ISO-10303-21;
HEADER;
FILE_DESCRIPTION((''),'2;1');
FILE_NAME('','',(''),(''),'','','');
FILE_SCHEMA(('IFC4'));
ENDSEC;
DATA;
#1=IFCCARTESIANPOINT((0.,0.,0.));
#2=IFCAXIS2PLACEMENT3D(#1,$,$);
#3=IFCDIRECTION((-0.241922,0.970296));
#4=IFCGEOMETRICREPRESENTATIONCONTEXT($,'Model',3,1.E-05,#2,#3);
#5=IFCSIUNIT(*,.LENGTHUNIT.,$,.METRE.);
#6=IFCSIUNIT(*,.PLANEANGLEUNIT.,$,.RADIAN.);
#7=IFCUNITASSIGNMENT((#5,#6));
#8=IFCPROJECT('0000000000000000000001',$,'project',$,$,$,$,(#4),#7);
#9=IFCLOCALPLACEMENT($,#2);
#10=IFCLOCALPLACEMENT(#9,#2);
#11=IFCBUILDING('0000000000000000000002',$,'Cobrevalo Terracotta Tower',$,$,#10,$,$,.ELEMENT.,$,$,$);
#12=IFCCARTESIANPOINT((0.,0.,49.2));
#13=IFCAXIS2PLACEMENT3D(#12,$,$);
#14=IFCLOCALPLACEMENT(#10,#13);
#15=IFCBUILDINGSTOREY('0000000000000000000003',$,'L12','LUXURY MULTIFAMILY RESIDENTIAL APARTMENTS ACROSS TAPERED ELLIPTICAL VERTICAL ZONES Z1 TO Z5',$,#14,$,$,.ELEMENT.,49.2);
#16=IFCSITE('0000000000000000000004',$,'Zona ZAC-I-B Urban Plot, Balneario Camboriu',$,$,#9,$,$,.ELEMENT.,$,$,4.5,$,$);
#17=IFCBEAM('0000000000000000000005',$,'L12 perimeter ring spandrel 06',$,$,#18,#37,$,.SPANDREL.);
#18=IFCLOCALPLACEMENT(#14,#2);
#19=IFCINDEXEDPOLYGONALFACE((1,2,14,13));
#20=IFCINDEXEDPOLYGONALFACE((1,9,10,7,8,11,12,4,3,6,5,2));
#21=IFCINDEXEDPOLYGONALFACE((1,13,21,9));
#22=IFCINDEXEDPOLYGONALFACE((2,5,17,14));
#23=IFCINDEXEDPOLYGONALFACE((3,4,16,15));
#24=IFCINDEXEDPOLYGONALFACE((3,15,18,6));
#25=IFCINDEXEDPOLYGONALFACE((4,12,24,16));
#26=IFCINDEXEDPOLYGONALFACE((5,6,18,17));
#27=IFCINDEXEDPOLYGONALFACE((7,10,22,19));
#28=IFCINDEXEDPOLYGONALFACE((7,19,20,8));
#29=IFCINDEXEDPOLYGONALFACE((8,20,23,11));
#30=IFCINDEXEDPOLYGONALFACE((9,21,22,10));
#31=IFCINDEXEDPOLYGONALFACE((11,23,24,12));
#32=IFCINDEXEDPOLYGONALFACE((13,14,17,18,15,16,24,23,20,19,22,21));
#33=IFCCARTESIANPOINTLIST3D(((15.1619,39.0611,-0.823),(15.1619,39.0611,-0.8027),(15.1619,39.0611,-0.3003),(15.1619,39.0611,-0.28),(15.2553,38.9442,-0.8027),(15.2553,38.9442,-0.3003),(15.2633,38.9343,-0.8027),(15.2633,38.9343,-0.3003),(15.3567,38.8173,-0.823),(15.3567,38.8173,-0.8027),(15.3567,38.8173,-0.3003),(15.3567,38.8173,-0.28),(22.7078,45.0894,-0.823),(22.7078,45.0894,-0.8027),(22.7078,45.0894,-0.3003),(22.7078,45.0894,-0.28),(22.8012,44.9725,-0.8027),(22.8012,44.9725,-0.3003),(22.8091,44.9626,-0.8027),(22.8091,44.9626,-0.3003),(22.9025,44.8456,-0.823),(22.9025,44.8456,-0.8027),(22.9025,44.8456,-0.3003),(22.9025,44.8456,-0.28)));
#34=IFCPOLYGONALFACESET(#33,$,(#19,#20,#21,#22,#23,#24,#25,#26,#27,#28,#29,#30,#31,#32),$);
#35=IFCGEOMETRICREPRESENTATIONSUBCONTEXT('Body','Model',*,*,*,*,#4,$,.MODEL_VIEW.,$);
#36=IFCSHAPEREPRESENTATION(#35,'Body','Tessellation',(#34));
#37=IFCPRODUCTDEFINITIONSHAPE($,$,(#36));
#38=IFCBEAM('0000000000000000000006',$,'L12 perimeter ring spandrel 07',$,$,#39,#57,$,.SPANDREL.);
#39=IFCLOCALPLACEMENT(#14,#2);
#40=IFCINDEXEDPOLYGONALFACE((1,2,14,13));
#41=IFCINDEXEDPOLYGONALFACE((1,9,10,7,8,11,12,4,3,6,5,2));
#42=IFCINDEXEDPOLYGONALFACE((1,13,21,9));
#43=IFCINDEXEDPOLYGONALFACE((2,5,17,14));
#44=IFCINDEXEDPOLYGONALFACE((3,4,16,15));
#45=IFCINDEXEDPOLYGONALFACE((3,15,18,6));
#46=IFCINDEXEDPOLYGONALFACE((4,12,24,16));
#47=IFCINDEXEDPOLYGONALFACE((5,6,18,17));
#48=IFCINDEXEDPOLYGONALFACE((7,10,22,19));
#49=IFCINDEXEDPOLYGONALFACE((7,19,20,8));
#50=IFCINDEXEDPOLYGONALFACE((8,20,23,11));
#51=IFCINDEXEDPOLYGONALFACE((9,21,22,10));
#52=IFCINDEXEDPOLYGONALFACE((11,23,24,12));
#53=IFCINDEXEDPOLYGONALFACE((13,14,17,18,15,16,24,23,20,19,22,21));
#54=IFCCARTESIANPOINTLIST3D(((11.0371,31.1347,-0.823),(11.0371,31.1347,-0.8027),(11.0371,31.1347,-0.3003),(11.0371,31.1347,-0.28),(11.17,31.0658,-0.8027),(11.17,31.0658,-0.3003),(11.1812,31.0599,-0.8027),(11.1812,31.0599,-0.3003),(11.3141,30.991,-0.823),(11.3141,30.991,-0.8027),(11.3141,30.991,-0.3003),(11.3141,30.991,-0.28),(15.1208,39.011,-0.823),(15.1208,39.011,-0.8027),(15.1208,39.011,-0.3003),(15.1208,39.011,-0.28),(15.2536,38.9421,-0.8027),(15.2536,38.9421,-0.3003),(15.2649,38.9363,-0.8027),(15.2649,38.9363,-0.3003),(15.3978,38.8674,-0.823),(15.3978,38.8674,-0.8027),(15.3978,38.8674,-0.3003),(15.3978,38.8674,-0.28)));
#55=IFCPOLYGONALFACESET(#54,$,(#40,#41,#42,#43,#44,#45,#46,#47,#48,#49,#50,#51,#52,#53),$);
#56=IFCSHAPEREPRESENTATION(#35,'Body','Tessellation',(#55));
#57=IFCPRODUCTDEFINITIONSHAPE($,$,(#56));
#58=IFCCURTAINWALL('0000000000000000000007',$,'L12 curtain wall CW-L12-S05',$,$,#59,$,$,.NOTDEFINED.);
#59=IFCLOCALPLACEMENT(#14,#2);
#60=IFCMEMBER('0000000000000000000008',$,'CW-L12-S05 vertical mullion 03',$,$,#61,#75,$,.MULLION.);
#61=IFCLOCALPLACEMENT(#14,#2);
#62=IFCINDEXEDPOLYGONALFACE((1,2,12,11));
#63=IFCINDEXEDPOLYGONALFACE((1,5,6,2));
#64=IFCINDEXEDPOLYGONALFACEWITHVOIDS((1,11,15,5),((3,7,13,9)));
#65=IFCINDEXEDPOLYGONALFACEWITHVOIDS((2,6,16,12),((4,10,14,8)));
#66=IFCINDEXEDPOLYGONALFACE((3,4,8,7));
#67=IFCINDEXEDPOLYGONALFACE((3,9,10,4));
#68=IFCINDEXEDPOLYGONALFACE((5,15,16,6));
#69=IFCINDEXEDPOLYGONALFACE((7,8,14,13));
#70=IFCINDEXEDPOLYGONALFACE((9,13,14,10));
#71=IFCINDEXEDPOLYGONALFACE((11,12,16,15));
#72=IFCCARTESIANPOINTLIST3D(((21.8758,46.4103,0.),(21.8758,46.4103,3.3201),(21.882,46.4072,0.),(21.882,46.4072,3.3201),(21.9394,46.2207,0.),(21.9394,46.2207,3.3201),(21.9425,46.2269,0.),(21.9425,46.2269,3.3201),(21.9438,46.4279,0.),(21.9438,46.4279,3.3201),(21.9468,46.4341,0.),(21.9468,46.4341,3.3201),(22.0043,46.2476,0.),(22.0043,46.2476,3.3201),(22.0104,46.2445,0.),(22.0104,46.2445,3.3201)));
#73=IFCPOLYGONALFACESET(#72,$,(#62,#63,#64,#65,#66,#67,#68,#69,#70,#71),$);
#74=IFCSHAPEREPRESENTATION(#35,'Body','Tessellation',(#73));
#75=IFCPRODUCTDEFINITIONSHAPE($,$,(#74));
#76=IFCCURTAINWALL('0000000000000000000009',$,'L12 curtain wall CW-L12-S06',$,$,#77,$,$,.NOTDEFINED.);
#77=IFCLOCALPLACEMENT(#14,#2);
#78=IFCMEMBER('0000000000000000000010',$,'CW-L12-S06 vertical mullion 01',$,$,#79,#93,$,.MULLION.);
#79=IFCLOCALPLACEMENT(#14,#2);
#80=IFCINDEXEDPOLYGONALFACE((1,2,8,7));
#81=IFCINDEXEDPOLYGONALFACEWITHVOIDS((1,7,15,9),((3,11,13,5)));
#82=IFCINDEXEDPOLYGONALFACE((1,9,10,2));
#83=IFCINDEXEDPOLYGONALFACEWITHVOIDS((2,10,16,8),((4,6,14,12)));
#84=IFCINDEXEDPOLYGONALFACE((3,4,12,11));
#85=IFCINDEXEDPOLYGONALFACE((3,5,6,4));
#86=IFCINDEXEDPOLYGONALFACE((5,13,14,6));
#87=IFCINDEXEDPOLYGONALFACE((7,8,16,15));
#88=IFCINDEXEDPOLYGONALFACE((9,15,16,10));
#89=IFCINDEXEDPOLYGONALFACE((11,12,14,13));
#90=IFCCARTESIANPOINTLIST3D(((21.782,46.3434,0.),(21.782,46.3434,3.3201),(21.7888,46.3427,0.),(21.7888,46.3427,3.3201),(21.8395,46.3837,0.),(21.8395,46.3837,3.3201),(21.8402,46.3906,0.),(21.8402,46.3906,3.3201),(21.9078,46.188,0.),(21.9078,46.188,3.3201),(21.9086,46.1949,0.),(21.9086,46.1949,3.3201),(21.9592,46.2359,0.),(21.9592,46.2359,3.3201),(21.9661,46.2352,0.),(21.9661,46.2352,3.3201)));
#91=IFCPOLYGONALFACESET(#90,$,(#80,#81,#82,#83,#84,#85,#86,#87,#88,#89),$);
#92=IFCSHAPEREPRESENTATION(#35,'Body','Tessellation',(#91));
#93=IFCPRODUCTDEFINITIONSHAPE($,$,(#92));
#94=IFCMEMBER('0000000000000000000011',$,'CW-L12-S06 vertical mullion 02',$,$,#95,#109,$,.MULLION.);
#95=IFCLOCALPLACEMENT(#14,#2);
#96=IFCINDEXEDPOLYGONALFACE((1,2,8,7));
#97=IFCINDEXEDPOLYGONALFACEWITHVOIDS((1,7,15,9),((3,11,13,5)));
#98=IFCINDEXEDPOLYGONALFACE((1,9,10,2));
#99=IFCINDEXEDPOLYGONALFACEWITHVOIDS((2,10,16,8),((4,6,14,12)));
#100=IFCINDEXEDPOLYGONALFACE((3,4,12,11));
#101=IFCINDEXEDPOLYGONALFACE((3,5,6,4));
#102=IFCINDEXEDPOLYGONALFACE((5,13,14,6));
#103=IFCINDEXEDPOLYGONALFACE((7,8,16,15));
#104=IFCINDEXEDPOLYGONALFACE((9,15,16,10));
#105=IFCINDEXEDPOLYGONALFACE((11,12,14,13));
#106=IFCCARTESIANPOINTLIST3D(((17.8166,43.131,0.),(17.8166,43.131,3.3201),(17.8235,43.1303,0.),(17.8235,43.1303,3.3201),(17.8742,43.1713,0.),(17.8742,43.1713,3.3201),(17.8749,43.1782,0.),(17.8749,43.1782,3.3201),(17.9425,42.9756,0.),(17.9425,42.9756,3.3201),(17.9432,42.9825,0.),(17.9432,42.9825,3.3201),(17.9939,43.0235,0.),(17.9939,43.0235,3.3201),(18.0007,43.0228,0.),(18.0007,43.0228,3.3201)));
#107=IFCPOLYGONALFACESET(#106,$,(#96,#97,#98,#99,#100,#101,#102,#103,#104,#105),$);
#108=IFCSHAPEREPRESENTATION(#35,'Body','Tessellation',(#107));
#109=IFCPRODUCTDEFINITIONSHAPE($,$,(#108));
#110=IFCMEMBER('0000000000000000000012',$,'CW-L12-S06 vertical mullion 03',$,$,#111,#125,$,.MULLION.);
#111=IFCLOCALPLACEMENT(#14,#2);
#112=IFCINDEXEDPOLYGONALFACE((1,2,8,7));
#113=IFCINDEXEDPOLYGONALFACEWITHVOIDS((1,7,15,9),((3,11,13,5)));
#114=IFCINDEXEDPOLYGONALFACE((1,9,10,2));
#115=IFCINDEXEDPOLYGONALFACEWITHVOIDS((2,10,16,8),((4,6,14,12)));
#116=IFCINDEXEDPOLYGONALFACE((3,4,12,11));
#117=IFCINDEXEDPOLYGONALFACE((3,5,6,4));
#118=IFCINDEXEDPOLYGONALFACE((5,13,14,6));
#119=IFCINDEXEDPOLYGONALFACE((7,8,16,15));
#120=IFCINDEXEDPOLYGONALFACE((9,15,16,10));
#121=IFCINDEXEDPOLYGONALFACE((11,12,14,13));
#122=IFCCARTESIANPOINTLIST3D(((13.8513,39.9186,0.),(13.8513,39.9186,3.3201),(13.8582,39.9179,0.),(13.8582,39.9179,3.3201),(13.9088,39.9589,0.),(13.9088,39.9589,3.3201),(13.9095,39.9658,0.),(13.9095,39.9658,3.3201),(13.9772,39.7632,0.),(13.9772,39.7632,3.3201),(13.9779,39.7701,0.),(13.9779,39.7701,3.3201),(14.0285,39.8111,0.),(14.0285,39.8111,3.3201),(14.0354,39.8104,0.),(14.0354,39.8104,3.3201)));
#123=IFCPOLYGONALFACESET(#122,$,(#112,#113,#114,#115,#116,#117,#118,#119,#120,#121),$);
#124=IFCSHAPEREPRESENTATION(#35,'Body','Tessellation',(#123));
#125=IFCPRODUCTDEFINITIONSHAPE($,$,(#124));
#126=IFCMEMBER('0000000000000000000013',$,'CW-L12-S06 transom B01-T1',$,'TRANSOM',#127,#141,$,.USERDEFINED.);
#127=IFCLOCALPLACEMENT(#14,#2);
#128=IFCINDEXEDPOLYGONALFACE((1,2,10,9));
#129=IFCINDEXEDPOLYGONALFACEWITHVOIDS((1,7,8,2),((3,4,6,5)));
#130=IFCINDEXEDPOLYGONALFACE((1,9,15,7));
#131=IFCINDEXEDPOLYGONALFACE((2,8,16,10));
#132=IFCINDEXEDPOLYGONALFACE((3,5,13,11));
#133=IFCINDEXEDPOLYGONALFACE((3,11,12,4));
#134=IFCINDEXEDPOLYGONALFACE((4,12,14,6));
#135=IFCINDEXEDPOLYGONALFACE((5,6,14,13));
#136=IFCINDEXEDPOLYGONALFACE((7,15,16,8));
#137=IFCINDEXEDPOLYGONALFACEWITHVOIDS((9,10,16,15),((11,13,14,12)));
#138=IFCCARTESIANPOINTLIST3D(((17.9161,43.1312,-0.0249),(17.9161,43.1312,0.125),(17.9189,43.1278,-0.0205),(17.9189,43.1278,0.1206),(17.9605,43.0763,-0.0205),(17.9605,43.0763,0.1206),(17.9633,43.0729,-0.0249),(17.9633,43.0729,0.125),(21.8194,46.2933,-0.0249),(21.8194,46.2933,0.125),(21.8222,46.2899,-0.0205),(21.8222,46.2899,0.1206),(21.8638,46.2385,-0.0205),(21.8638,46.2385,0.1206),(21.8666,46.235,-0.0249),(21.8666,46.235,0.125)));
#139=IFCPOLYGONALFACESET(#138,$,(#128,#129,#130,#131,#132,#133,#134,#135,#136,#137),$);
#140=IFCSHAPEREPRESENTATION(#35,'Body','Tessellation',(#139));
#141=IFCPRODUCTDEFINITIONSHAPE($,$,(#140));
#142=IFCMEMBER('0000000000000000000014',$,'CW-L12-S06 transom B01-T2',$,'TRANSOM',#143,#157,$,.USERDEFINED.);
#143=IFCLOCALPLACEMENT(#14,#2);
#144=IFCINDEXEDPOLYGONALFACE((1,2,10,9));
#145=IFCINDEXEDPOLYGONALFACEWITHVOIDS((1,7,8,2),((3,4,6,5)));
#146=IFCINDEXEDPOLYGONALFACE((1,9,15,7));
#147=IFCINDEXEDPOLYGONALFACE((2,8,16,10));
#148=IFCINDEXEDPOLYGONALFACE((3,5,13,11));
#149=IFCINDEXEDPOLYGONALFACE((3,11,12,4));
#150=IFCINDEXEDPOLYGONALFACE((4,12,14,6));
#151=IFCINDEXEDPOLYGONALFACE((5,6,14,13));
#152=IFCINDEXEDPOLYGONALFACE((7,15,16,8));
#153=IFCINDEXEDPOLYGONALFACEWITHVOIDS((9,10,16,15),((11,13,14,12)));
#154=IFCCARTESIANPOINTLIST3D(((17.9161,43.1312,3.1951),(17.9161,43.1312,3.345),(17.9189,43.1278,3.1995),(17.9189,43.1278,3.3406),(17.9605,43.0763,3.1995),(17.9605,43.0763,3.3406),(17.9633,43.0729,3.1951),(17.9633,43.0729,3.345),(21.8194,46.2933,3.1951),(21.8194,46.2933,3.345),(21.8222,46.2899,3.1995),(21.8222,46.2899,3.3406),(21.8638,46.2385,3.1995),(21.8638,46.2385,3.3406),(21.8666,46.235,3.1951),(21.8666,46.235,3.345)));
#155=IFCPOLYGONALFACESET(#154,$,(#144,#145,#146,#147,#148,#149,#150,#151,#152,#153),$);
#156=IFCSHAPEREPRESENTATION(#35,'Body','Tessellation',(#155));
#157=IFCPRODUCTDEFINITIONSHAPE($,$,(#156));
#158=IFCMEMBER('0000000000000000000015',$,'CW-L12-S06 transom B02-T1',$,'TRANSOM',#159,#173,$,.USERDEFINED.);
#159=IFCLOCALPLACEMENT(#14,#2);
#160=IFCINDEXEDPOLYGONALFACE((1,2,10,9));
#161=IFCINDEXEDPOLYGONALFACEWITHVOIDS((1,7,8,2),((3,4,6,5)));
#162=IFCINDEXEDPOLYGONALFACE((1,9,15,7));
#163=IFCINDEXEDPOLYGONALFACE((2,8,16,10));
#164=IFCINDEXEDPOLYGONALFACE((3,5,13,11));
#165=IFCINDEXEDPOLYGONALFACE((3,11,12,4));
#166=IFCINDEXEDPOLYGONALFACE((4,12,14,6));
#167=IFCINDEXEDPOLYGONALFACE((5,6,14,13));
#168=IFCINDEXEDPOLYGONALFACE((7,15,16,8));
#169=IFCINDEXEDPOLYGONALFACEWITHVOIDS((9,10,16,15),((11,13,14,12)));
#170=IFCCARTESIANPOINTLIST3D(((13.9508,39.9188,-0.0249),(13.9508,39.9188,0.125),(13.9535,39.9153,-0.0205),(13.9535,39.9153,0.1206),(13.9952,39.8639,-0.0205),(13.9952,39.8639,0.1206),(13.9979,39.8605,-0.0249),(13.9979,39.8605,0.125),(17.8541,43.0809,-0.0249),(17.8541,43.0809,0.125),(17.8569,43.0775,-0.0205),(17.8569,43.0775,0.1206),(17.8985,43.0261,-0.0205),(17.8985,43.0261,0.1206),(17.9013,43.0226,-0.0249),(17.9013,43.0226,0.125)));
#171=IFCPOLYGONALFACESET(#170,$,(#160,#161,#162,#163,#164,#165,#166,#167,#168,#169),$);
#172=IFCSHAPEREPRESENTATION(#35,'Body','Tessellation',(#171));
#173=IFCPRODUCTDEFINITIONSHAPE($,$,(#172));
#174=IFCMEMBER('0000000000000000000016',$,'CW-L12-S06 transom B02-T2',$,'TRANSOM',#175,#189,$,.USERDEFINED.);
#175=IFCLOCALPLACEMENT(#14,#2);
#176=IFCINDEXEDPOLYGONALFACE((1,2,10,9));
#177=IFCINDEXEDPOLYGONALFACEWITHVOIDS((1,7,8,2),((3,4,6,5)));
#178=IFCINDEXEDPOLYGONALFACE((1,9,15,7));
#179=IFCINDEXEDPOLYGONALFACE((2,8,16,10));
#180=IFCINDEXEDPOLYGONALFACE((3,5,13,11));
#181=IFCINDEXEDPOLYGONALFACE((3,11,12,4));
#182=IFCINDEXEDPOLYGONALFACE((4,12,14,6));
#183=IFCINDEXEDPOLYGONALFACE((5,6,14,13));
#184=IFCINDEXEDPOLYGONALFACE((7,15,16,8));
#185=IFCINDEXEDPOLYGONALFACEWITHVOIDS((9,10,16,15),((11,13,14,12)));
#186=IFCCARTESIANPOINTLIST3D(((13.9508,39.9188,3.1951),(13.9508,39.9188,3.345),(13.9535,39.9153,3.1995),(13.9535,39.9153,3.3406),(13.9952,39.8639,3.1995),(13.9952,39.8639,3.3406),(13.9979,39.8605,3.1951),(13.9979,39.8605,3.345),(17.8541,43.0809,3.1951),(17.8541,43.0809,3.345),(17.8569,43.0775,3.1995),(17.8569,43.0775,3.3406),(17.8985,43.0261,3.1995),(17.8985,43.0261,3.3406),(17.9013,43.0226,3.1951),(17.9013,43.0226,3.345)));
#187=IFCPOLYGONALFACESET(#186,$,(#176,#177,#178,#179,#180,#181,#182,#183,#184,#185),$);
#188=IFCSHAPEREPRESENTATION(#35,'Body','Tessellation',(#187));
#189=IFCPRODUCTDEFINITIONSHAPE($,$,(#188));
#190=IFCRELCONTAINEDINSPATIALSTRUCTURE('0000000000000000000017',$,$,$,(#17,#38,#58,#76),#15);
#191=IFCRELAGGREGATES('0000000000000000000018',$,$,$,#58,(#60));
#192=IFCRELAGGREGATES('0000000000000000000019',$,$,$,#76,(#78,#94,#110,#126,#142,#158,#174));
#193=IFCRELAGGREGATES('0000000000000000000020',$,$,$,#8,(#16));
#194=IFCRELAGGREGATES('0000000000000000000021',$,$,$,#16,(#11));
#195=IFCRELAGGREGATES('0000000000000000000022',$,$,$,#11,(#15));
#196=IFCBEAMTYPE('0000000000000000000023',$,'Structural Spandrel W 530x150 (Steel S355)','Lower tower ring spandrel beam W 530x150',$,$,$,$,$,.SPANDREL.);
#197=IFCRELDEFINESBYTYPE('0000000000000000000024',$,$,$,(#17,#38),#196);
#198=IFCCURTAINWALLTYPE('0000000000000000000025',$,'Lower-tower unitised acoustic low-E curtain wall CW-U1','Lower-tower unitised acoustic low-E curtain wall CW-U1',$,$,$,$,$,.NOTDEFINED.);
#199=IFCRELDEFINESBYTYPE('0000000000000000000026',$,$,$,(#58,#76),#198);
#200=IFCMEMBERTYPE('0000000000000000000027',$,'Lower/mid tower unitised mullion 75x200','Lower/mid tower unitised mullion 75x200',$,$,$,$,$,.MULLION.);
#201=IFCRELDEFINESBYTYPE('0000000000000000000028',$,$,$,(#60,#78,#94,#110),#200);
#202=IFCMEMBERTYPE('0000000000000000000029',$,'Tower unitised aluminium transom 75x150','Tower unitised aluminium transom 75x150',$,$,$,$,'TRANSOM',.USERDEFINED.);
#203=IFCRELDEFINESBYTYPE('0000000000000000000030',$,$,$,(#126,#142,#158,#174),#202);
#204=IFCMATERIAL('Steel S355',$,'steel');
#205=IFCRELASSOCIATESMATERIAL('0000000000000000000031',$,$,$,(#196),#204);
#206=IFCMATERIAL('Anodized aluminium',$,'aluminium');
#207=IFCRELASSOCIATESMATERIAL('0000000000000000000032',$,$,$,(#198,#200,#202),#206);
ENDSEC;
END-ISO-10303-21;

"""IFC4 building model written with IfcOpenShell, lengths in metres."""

from ifc_helpers import new_model, si_unit, direction, frame, origin, origin_2d, place, context, subcontext, project, spatial, hollow_rectangle, i_section, extrude, source, transform, mapped, material, material_profile, profile_set, type_object, element, aggregate, save


model = new_model("IFC4")

# Units and contexts
model_context = context("Model", 3, precision=1e-05, world=origin(), true_north=direction((-0.241922, 0.970296)))
body_context = subcontext(model_context, "Body", "Model", "MODEL_VIEW")
ifc_project = project(units=[si_unit("LENGTHUNIT", "METRE"), si_unit("PLANEANGLEUNIT", "RADIAN")], contexts=[model_context])

# Site, building, storey
site_placement = place(None, origin())
site = spatial("IfcSite", under=ifc_project, at=site_placement, Name="Zona ZAC-I-B Urban Plot, Balneario Camboriu", CompositionType="ELEMENT", RefElevation=4.5)
building_placement = place(site_placement, origin())
building = spatial("IfcBuilding", under=site, at=building_placement, Name="Cobrevalo Terracotta Tower", CompositionType="ELEMENT")
storey_placement = place(building_placement, frame((0.0, 0.0, 49.2)))
storey = spatial("IfcBuildingStorey", under=building, at=storey_placement, Name="L12", Description="LUXURY MULTIFAMILY RESIDENTIAL APARTMENTS ACROSS TAPERED ELLIPTICAL VERTICAL ZONES Z1 TO Z5", CompositionType="ELEMENT", Elevation=49.2)

# Shared definitions
ifc_material_1 = material(Name="Steel S355", Category="steel")

# Beams
ifc_material_profile_1 = material_profile(ifc_material_1, i_section(OverallWidth=0.312, OverallDepth=0.543, WebThickness=0.0127, FlangeThickness=0.0203, at=origin_2d()), Name="W 530x150")
ifc_profile_set_1 = profile_set([ifc_material_profile_1], Name="Steel S355")
beam_type_1 = type_object("IfcBeamType", Name="Structural Spandrel W 530x150 (Steel S355)", Description="Lower tower ring spandrel beam W 530x150", PredefinedType="SPANDREL", material=ifc_profile_set_1)
beam_1_placement = place(storey_placement, frame((22.8052, 44.9675, -0.5515), z_axis=(-0.781293, -0.624165, 0.0), x_axis=(0.624165, -0.781293, 0.0)))
element("IfcBeam", 1, at=beam_1_placement, inside=storey, type_object=beam_type_1, Name="L12 perimeter ring spandrel 06", PredefinedType="SPANDREL", context=body_context, shape_type="SweptSolid", body=[
    extrude(i_section(OverallWidth=0.312, OverallDepth=0.543, WebThickness=0.0127, FlangeThickness=0.0203, at=origin_2d()), origin(), (0.0, 0.0, 1.0), 9.6582),
])
beam_2_placement = place(storey_placement, frame((15.2593, 38.9392, -0.5515), z_axis=(-0.460286, -0.887771, 0.0), x_axis=(0.887771, -0.460286, 0.0)))
element("IfcBeam", 2, at=beam_2_placement, inside=storey, type_object=beam_type_1, Name="L12 perimeter ring spandrel 07", PredefinedType="SPANDREL", context=body_context, shape_type="SweptSolid", body=[
    extrude(i_section(OverallWidth=0.312, OverallDepth=0.543, WebThickness=0.0127, FlangeThickness=0.0203, at=origin_2d()), origin(), (0.0, 0.0, 1.0), 8.8721),
])

# Curtain wall, member
ifc_material_2 = material(Name="Anodized aluminium", Category="aluminium")
curtain_wall_type = type_object("IfcCurtainWallType", Name="Lower-tower unitised acoustic low-E curtain wall CW-U1", Description="Lower-tower unitised acoustic low-E curtain wall CW-U1", PredefinedType="NOTDEFINED", material=ifc_material_2)
curtain_wall_1_placement = place(storey_placement, origin())
curtain_wall_1 = element("IfcCurtainWall", 3, at=curtain_wall_1_placement, inside=storey, type_object=curtain_wall_type, Name="L12 curtain wall CW-L12-S05", PredefinedType="NOTDEFINED")
ifc_material_profile_2 = material_profile(ifc_material_2, hollow_rectangle(XDim=0.075, YDim=0.2, WallThickness=0.0049, at=origin_2d()), Name="CWM 75x200")
ifc_profile_set_2 = profile_set([ifc_material_profile_2], Name="Anodized aluminium")
member_type_1 = type_object("IfcMemberType", Name="Lower/mid tower unitised mullion 75x200", Description="Lower/mid tower unitised mullion 75x200", PredefinedType="MULLION", material=ifc_profile_set_2)
shared_shape_1 = source(origin(), body_context, "Body", "SweptSolid", [
    extrude(hollow_rectangle(XDim=0.075, YDim=0.2, WallThickness=0.0049, at=origin_2d()), origin(), (0.0, 0.0, 1.0), 3.3201),
])
member_1_placement = place(storey_placement, frame((21.9431, 46.3274, 0.0), z_axis=(0.0, 0.0, 1.0), x_axis=(-0.948046, -0.318132, 0.0)))
member_1 = element("IfcMember", 4, at=member_1_placement, type_object=member_type_1, Name="CW-L12-S05 vertical mullion 03", PredefinedType="MULLION", context=body_context, shape_type="MappedRepresentation", body=[
    mapped(shared_shape_1, transform((0.0, 0.0, 0.0), scale=1.0)),
])
aggregate(curtain_wall_1, [member_1])

# Curtain wall, members
curtain_wall_2_placement = place(storey_placement, origin())
curtain_wall_2 = element("IfcCurtainWall", 5, at=curtain_wall_2_placement, inside=storey, type_object=curtain_wall_type, Name="L12 curtain wall CW-L12-S06", PredefinedType="NOTDEFINED")
member_2_placement = place(storey_placement, frame((21.874, 46.2893, 0.0), z_axis=(0.0, 0.0, 1.0), x_axis=(-0.777003, -0.629497, 0.0)))
member_2 = element("IfcMember", 6, at=member_2_placement, type_object=member_type_1, Name="CW-L12-S06 vertical mullion 01", PredefinedType="MULLION", context=body_context, shape_type="MappedRepresentation", body=[
    mapped(shared_shape_1, transform((0.0, 0.0, 0.0), scale=1.0)),
])
member_3_placement = place(storey_placement, frame((17.9087, 43.0769, 0.0), z_axis=(0.0, 0.0, 1.0), x_axis=(-0.777003, -0.629497, 0.0)))
member_3 = element("IfcMember", 7, at=member_3_placement, type_object=member_type_1, Name="CW-L12-S06 vertical mullion 02", PredefinedType="MULLION", context=body_context, shape_type="MappedRepresentation", body=[
    mapped(shared_shape_1, transform((0.0, 0.0, 0.0), scale=1.0)),
])
member_4_placement = place(storey_placement, frame((13.9434, 39.8645, 0.0), z_axis=(0.0, 0.0, 1.0), x_axis=(-0.777003, -0.629497, 0.0)))
member_4 = element("IfcMember", 8, at=member_4_placement, type_object=member_type_1, Name="CW-L12-S06 vertical mullion 03", PredefinedType="MULLION", context=body_context, shape_type="MappedRepresentation", body=[
    mapped(shared_shape_1, transform((0.0, 0.0, 0.0), scale=1.0)),
])
ifc_material_profile_3 = material_profile(ifc_material_2, hollow_rectangle(XDim=0.075, YDim=0.1499, WallThickness=0.0044, at=origin_2d()), Name="CWT 75x150")
ifc_profile_set_3 = profile_set([ifc_material_profile_3], Name="Anodized aluminium")
member_type_2 = type_object("IfcMemberType", Name="Tower unitised aluminium transom 75x150", Description="Tower unitised aluminium transom 75x150", ElementType="TRANSOM", PredefinedType="USERDEFINED", material=ifc_profile_set_3)
shared_shape_2 = source(origin(), body_context, "Body", "SweptSolid", [
    extrude(hollow_rectangle(XDim=0.075, YDim=0.1499, WallThickness=0.0044, at=origin_2d()), origin(), (0.0, 0.0, 1.0), 5.0234),
])
member_5_placement = place(storey_placement, frame((21.843, 46.2642, 0.05), z_axis=(-0.777023, -0.629472, 0.0), x_axis=(0.629472, -0.777023, 0.0)))
member_5 = element("IfcMember", 9, at=member_5_placement, type_object=member_type_2, Name="CW-L12-S06 transom B01-T1", ObjectType="TRANSOM", PredefinedType="USERDEFINED", context=body_context, shape_type="MappedRepresentation", body=[
    mapped(shared_shape_2, transform((0.0, 0.0, 0.0), scale=1.0)),
])
member_6_placement = place(storey_placement, frame((21.843, 46.2642, 3.27), z_axis=(-0.777023, -0.629472, 0.0), x_axis=(0.629472, -0.777023, 0.0)))
member_6 = element("IfcMember", 10, at=member_6_placement, type_object=member_type_2, Name="CW-L12-S06 transom B01-T2", ObjectType="TRANSOM", PredefinedType="USERDEFINED", context=body_context, shape_type="MappedRepresentation", body=[
    mapped(shared_shape_2, transform((0.0, 0.0, 0.0), scale=1.0)),
])
member_7_placement = place(storey_placement, frame((17.8777, 43.0518, 0.05), z_axis=(-0.777023, -0.629472, 0.0), x_axis=(0.629472, -0.777023, 0.0)))
member_7 = element("IfcMember", 11, at=member_7_placement, type_object=member_type_2, Name="CW-L12-S06 transom B02-T1", ObjectType="TRANSOM", PredefinedType="USERDEFINED", context=body_context, shape_type="MappedRepresentation", body=[
    mapped(shared_shape_2, transform((0.0, 0.0, 0.0), scale=1.0)),
])
member_8_placement = place(storey_placement, frame((17.8777, 43.0518, 3.27), z_axis=(-0.777023, -0.629472, 0.0), x_axis=(0.629472, -0.777023, 0.0)))
member_8 = element("IfcMember", 12, at=member_8_placement, type_object=member_type_2, Name="CW-L12-S06 transom B02-T2", ObjectType="TRANSOM", PredefinedType="USERDEFINED", context=body_context, shape_type="MappedRepresentation", body=[
    mapped(shared_shape_2, transform((0.0, 0.0, 0.0), scale=1.0)),
])
aggregate(curtain_wall_2, [member_2, member_3, member_4, member_5, member_6, member_7, member_8])

save(model, "model.ifc")
